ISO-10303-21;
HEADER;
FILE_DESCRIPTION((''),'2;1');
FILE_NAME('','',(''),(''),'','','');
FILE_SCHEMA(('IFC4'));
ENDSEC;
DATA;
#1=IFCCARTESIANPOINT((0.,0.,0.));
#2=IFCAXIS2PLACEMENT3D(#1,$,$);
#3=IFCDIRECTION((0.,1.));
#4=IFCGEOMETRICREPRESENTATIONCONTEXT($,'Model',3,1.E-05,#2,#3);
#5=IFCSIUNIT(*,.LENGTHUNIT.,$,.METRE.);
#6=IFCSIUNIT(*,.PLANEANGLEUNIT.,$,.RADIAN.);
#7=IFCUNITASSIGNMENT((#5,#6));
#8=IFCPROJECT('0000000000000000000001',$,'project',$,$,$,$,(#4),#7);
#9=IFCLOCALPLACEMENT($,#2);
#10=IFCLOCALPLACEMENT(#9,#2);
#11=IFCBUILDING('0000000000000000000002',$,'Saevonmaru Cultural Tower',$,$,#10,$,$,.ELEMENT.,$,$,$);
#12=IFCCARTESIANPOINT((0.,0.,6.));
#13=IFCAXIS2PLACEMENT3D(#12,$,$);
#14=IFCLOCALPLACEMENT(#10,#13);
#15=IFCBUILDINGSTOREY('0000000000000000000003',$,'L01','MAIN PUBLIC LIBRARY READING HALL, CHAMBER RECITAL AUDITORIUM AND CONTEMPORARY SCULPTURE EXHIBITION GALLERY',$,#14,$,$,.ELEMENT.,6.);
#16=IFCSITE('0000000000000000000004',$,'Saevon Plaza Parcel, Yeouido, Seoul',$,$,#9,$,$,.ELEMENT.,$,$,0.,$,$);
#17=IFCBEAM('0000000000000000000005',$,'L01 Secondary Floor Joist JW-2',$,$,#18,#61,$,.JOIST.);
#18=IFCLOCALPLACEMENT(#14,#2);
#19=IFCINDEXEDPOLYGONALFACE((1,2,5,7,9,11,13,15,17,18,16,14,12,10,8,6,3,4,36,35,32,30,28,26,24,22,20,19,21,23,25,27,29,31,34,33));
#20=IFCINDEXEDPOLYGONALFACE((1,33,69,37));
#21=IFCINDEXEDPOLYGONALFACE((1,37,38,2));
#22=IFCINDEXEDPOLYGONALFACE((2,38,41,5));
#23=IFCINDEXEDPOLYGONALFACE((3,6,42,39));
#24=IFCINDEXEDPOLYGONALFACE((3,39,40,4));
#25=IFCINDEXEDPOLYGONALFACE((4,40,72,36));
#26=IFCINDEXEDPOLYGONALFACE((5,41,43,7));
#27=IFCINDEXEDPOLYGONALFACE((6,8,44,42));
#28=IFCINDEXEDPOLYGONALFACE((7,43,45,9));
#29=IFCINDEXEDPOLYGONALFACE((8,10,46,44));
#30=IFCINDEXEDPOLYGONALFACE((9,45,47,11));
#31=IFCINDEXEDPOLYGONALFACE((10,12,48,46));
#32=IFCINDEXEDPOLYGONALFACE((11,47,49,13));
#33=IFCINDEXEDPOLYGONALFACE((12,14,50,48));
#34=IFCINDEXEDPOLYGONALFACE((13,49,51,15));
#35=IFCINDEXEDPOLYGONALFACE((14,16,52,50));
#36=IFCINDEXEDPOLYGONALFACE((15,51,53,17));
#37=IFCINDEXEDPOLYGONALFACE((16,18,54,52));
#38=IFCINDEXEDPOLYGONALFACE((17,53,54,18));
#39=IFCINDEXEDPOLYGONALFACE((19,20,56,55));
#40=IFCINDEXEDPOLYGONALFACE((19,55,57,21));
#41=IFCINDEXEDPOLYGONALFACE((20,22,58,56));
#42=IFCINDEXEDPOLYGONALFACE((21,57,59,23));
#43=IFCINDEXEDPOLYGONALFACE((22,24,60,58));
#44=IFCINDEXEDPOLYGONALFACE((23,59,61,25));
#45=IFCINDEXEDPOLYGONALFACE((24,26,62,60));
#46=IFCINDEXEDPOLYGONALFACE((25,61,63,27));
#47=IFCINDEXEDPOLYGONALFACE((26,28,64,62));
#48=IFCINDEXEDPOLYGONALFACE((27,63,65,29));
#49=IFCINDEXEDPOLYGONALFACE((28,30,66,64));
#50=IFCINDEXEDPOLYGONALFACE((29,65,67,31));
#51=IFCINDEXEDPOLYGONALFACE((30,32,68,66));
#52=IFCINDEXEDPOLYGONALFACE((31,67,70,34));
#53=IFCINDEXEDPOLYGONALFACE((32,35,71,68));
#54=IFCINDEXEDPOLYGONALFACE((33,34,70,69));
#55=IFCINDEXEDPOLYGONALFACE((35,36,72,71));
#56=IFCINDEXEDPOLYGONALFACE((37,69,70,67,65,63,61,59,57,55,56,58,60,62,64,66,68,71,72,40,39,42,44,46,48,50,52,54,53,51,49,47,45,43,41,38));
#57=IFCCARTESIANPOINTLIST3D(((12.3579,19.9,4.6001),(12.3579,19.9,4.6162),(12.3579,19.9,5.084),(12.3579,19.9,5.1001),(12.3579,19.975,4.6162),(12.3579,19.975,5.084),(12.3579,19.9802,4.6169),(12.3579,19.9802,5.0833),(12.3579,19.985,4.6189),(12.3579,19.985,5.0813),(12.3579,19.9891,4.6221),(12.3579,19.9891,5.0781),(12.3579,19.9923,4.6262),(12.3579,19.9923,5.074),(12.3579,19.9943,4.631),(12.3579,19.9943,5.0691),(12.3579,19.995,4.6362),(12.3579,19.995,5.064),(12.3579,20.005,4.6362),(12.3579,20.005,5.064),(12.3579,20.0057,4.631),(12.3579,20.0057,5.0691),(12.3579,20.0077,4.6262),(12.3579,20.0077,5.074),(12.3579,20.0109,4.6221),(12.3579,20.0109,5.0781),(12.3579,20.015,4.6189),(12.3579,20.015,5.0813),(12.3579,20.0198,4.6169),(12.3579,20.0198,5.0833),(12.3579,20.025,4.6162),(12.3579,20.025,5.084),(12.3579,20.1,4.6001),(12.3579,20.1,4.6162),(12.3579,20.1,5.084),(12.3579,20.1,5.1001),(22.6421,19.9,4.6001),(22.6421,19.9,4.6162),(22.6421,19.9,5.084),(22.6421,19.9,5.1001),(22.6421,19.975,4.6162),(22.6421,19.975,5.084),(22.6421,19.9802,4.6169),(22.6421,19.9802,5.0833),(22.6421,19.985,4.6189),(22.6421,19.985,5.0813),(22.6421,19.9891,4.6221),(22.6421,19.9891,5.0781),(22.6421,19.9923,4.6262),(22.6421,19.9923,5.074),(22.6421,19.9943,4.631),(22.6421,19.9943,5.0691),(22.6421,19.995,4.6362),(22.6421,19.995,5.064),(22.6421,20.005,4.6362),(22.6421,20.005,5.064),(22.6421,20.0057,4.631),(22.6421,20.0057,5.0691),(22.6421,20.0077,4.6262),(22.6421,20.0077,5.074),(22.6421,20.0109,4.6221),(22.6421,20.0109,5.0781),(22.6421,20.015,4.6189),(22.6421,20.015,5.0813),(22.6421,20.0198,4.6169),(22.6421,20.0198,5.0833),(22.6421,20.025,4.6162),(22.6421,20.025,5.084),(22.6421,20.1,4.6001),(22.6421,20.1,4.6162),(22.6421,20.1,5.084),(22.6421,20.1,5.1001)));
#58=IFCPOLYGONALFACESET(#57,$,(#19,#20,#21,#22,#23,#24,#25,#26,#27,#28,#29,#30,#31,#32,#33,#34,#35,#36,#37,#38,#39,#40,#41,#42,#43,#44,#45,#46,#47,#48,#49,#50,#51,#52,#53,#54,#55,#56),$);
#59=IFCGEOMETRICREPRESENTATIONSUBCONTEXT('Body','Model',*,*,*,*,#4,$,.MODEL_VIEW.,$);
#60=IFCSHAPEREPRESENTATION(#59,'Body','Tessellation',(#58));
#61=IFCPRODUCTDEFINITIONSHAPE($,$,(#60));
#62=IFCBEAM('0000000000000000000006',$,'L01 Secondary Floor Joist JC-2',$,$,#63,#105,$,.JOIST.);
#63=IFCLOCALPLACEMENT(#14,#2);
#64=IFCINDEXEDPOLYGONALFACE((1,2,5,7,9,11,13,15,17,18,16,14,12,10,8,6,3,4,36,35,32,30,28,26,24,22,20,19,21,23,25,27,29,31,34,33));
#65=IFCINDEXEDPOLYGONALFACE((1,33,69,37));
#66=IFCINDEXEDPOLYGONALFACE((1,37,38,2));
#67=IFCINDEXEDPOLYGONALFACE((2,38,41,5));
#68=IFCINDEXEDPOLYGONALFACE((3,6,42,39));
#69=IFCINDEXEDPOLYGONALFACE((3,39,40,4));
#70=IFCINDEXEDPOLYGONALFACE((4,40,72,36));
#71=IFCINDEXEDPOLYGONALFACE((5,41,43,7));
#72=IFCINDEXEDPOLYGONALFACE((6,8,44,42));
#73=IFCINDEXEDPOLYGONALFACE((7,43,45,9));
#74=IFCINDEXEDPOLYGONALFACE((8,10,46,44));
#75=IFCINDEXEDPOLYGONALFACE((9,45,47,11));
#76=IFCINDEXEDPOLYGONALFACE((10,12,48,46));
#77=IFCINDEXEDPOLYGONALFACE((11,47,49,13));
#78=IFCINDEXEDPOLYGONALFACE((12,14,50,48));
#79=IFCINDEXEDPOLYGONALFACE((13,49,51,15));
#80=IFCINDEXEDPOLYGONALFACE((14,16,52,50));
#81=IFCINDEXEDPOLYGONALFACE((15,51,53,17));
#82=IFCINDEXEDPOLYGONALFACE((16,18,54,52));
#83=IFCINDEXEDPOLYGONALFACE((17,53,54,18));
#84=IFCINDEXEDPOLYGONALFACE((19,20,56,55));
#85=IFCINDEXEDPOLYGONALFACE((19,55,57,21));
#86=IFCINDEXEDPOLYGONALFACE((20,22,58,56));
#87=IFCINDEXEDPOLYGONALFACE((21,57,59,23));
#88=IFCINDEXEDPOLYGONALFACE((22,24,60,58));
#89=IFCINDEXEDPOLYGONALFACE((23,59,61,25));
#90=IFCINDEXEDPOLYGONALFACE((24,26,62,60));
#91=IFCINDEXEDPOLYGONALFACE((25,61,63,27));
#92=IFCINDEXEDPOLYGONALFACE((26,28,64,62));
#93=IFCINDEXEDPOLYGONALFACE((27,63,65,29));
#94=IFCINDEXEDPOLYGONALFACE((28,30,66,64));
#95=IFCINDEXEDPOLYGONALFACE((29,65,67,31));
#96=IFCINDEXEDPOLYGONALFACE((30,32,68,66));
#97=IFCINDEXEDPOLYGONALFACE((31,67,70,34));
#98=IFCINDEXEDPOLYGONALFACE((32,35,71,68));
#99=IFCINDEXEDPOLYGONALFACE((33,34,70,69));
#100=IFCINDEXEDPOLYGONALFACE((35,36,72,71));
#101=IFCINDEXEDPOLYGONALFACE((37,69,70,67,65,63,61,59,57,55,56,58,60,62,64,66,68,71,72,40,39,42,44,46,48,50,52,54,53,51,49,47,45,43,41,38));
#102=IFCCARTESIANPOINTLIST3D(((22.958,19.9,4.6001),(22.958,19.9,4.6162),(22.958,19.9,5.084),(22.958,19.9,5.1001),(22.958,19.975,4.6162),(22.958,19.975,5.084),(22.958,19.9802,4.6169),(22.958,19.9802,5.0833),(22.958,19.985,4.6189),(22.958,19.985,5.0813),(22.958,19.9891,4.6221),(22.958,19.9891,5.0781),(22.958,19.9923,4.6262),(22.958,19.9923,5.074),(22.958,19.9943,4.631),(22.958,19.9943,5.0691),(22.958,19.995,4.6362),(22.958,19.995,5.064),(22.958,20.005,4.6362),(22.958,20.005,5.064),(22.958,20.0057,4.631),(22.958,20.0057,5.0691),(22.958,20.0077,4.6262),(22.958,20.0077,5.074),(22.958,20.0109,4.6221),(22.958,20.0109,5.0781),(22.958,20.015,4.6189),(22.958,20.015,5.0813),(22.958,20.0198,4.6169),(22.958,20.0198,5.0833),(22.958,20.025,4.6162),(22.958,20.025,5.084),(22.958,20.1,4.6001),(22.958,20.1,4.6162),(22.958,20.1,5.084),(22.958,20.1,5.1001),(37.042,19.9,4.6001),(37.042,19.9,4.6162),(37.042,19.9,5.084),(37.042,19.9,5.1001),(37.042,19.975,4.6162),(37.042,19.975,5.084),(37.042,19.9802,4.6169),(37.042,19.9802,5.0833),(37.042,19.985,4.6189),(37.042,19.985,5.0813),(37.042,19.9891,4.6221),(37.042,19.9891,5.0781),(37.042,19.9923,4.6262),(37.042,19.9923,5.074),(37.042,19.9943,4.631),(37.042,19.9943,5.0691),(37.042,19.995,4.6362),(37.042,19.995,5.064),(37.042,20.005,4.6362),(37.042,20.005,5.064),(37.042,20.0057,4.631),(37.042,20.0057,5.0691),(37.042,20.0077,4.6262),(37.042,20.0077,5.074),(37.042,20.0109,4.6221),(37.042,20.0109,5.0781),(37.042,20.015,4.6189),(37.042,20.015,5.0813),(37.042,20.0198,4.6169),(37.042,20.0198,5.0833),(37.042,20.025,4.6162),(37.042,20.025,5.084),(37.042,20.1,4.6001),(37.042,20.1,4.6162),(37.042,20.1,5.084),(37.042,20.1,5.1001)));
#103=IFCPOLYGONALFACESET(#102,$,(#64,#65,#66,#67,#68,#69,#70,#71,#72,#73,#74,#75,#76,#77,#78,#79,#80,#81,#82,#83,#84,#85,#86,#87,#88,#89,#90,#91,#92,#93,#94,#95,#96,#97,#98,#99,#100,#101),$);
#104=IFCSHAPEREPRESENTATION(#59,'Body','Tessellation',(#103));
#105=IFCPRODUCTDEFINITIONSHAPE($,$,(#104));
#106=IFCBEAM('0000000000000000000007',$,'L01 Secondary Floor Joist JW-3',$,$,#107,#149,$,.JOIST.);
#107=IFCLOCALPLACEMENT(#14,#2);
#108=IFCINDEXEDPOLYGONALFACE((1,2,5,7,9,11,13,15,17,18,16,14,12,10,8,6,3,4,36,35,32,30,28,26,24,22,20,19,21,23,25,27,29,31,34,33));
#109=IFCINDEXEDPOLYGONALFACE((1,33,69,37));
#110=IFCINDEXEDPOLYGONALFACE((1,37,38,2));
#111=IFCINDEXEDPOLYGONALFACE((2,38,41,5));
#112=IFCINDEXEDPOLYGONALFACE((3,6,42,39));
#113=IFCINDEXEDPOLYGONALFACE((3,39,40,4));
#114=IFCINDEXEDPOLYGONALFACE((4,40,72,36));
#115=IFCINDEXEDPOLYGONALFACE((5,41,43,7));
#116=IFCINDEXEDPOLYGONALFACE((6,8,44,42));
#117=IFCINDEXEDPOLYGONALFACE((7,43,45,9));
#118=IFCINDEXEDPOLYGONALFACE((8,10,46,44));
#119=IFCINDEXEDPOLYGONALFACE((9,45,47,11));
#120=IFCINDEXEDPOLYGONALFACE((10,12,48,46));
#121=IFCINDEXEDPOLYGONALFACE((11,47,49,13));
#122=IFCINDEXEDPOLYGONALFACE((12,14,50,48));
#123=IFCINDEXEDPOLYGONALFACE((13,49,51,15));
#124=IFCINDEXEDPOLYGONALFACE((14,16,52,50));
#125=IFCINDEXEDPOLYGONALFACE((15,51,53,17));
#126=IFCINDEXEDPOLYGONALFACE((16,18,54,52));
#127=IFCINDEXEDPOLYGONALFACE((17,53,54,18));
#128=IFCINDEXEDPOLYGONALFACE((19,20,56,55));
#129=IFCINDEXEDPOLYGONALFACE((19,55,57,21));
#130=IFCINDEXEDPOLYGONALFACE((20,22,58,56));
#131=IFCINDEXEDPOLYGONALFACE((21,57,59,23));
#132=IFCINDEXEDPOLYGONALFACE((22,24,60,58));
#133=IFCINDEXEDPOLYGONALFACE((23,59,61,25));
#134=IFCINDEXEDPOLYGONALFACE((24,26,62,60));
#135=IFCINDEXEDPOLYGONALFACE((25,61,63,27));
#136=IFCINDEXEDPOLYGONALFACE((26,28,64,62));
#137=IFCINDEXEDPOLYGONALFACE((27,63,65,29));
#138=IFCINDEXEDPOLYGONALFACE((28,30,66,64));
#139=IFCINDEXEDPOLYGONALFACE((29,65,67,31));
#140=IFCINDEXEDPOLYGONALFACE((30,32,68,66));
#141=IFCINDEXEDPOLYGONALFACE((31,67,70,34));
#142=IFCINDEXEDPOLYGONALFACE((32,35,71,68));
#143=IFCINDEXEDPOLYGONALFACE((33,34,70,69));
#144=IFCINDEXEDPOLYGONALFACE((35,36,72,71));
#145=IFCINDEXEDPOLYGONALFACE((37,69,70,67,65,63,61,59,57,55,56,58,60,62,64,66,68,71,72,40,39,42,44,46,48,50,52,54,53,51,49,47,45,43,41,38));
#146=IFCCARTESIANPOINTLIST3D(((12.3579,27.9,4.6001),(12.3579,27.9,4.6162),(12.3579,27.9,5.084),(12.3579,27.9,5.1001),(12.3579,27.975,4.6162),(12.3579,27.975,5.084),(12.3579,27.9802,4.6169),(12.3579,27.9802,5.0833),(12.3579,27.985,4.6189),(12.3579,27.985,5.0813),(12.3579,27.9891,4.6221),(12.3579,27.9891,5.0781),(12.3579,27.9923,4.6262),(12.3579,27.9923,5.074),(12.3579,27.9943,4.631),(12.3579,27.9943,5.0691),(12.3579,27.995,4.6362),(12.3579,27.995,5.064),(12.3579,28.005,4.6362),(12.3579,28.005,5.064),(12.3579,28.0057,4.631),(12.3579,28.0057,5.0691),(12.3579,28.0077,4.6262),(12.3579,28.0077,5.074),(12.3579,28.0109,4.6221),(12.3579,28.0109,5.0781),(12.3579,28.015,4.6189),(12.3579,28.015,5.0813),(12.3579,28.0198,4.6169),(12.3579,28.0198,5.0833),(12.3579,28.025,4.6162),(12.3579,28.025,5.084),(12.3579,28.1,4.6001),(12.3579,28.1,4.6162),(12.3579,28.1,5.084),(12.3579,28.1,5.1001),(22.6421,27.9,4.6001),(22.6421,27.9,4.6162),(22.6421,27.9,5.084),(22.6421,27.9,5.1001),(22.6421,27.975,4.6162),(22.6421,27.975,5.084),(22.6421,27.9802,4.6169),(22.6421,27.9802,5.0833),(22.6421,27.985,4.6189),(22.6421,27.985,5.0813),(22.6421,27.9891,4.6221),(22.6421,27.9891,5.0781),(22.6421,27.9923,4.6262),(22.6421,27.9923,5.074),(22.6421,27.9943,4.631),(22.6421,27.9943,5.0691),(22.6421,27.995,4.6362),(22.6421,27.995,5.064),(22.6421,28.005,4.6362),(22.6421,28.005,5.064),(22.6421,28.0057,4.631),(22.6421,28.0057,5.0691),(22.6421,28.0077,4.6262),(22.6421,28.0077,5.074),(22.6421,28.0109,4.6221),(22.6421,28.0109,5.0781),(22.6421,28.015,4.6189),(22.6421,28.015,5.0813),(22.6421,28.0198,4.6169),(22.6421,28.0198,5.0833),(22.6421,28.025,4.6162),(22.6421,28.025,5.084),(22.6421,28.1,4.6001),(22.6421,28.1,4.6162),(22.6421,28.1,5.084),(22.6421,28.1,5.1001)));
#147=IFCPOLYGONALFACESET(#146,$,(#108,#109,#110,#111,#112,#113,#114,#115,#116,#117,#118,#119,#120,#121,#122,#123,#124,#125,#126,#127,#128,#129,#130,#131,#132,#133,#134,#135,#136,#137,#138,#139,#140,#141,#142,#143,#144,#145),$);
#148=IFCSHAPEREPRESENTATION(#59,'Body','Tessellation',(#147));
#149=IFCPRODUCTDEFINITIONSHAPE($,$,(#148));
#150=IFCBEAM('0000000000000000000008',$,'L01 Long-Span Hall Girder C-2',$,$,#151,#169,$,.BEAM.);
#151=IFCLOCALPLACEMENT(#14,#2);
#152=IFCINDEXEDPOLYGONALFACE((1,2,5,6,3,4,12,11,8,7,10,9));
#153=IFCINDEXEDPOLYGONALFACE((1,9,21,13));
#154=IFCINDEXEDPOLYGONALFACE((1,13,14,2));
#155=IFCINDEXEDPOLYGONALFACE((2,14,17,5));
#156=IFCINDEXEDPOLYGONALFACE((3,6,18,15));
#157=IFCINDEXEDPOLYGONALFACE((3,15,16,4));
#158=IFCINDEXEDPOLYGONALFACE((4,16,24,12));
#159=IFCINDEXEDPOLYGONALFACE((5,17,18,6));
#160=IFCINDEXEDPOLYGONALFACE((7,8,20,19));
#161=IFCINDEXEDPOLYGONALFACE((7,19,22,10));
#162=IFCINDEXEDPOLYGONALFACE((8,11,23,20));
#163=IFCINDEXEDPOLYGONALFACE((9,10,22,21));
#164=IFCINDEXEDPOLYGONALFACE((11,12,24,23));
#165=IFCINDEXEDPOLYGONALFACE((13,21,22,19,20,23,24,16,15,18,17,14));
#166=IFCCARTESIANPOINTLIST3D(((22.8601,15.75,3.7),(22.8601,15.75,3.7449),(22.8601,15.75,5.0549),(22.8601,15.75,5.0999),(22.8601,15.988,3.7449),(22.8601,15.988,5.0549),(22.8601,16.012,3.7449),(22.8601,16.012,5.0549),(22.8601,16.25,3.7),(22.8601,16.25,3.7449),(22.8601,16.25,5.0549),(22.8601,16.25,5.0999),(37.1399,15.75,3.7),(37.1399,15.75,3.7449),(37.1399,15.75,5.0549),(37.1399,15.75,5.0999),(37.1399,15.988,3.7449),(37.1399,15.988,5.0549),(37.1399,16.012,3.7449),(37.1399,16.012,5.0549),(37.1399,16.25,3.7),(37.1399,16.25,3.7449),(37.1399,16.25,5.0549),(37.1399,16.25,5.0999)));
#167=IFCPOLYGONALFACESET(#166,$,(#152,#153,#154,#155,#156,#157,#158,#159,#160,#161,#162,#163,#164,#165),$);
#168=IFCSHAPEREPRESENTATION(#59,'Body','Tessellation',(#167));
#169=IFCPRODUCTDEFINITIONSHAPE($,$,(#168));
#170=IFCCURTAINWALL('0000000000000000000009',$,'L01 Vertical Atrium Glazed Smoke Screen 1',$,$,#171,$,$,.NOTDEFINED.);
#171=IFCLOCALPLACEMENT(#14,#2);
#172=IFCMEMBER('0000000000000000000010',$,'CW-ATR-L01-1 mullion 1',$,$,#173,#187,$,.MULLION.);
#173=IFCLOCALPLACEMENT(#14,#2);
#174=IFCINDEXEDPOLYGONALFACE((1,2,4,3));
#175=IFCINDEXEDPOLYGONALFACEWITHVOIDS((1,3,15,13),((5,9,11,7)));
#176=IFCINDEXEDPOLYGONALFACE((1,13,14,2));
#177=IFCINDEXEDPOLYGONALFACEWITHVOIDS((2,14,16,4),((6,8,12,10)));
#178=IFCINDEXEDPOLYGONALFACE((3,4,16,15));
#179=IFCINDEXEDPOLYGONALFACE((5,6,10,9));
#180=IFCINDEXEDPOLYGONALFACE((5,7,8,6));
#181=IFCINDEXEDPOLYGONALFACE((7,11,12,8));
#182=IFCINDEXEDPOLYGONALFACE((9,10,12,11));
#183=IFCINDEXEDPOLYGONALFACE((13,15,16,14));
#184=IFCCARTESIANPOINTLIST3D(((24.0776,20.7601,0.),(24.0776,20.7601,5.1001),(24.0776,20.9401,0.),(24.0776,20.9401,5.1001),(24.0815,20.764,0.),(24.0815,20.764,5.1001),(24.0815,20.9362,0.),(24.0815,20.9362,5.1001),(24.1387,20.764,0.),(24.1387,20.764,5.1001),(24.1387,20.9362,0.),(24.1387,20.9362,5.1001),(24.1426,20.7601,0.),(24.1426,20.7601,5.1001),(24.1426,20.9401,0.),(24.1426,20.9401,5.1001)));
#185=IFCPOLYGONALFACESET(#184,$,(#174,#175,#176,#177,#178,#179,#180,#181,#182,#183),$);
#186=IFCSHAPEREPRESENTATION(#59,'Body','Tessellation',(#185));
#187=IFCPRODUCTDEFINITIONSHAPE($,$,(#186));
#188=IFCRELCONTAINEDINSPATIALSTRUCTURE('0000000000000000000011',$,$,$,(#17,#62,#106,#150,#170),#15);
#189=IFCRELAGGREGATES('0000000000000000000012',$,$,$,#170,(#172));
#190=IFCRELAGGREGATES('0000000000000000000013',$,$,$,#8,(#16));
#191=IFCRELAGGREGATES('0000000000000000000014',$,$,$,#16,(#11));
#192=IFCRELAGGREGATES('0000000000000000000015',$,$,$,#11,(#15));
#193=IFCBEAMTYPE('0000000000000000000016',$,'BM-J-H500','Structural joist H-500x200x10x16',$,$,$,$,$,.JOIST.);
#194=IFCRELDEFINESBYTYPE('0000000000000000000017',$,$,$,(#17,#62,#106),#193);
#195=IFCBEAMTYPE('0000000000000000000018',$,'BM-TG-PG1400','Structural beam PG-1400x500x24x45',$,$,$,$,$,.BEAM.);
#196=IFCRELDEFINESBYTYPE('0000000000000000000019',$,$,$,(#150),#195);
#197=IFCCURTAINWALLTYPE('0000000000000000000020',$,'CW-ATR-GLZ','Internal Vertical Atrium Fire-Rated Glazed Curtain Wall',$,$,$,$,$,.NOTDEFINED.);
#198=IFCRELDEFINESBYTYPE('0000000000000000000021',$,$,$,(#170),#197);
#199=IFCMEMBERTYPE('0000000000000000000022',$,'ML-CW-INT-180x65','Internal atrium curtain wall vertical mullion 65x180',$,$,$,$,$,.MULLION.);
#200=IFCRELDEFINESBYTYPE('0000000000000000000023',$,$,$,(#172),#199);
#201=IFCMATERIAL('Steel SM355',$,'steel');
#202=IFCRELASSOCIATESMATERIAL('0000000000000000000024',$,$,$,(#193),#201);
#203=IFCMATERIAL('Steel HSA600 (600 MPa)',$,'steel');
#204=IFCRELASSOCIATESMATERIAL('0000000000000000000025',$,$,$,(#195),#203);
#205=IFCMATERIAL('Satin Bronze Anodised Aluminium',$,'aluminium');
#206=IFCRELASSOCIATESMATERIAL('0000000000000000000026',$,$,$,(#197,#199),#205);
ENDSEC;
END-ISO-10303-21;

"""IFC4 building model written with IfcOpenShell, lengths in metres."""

from ifc_helpers import new_model, si_unit, direction, frame, origin, origin_2d, place, context, subcontext, project, spatial, hollow_rectangle, i_section, extrude, material, material_profile, profile_set, type_object, element, aggregate, save


model = new_model("IFC4")

# Units and contexts
model_context = context("Model", 3, precision=1e-05, world=origin(), true_north=direction((0.0, 1.0)))
body_context = subcontext(model_context, "Body", "Model", "MODEL_VIEW")
ifc_project = project(units=[si_unit("LENGTHUNIT", "METRE"), si_unit("PLANEANGLEUNIT", "RADIAN")], contexts=[model_context])

# Site, building, storey
site_placement = place(None, origin())
site = spatial("IfcSite", under=ifc_project, at=site_placement, Name="Saevon Plaza Parcel, Yeouido, Seoul", CompositionType="ELEMENT", RefElevation=0.0)
building_placement = place(site_placement, origin())
building = spatial("IfcBuilding", under=site, at=building_placement, Name="Saevonmaru Cultural Tower", CompositionType="ELEMENT")
storey_placement = place(building_placement, frame((0.0, 0.0, 6.0)))
storey = spatial("IfcBuildingStorey", under=building, at=storey_placement, Name="L01", Description="MAIN PUBLIC LIBRARY READING HALL, CHAMBER RECITAL AUDITORIUM AND CONTEMPORARY SCULPTURE EXHIBITION GALLERY", CompositionType="ELEMENT", Elevation=6.0)

# Beams
ifc_material_1 = material(Name="Steel SM355", Category="steel")
ifc_material_profile_1 = material_profile(ifc_material_1, i_section(OverallWidth=0.2, OverallDepth=0.5, WebThickness=0.01, FlangeThickness=0.0161, FilletRadius=0.02, at=origin_2d()), Name="H-500x200x10x16")
ifc_profile_set_1 = profile_set([ifc_material_profile_1], Name="Steel SM355")
beam_type_1 = type_object("IfcBeamType", Name="BM-J-H500", Description="Structural joist H-500x200x10x16", PredefinedType="JOIST", material=ifc_profile_set_1)
beam_1_placement = place(storey_placement, frame((12.3579, 20.0, 4.8501), z_axis=(1.0, 0.0, 0.0), x_axis=(0.0, 1.0, 0.0)))
element("IfcBeam", 1, at=beam_1_placement, inside=storey, type_object=beam_type_1, Name="L01 Secondary Floor Joist JW-2", PredefinedType="JOIST", context=body_context, shape_type="SweptSolid", body=[
    extrude(i_section(OverallWidth=0.2, OverallDepth=0.5, WebThickness=0.01, FlangeThickness=0.0161, FilletRadius=0.02, at=origin_2d()), origin(), (0.0, 0.0, 1.0), 10.2842),
])
beam_2_placement = place(storey_placement, frame((22.958, 20.0, 4.8501), z_axis=(1.0, 0.0, 0.0), x_axis=(0.0, 1.0, 0.0)))
element("IfcBeam", 2, at=beam_2_placement, inside=storey, type_object=beam_type_1, Name="L01 Secondary Floor Joist JC-2", PredefinedType="JOIST", context=body_context, shape_type="SweptSolid", body=[
    extrude(i_section(OverallWidth=0.2, OverallDepth=0.5, WebThickness=0.01, FlangeThickness=0.0161, FilletRadius=0.02, at=origin_2d()), origin(), (0.0, 0.0, 1.0), 14.084),
])
beam_3_placement = place(storey_placement, frame((12.3579, 28.0, 4.8501), z_axis=(1.0, 0.0, 0.0), x_axis=(0.0, 1.0, 0.0)))
element("IfcBeam", 3, at=beam_3_placement, inside=storey, type_object=beam_type_1, Name="L01 Secondary Floor Joist JW-3", PredefinedType="JOIST", context=body_context, shape_type="SweptSolid", body=[
    extrude(i_section(OverallWidth=0.2, OverallDepth=0.5, WebThickness=0.01, FlangeThickness=0.0161, FilletRadius=0.02, at=origin_2d()), origin(), (0.0, 0.0, 1.0), 10.2842),
])
ifc_material_2 = material(Name="Steel HSA600 (600 MPa)", Category="steel")
ifc_material_profile_2 = material_profile(ifc_material_2, i_section(OverallWidth=0.5, OverallDepth=1.3999, WebThickness=0.0239, FlangeThickness=0.0449, at=origin_2d()), Name="PG-1400x500x24x45")
ifc_profile_set_2 = profile_set([ifc_material_profile_2], Name="Steel HSA600 (600 MPa)")
beam_type_2 = type_object("IfcBeamType", Name="BM-TG-PG1400", Description="Structural beam PG-1400x500x24x45", PredefinedType="BEAM", material=ifc_profile_set_2)
beam_4_placement = place(storey_placement, frame((22.8601, 16.0, 4.3999), z_axis=(1.0, 0.0, 0.0), x_axis=(0.0, 1.0, 0.0)))
element("IfcBeam", 4, at=beam_4_placement, inside=storey, type_object=beam_type_2, Name="L01 Long-Span Hall Girder C-2", PredefinedType="BEAM", context=body_context, shape_type="SweptSolid", body=[
    extrude(i_section(OverallWidth=0.5, OverallDepth=1.3999, WebThickness=0.0239, FlangeThickness=0.0449, at=origin_2d()), origin(), (0.0, 0.0, 1.0), 14.2798),
])

# Curtain wall, member
ifc_material_3 = material(Name="Satin Bronze Anodised Aluminium", Category="aluminium")
curtain_wall_type = type_object("IfcCurtainWallType", Name="CW-ATR-GLZ", Description="Internal Vertical Atrium Fire-Rated Glazed Curtain Wall", PredefinedType="NOTDEFINED", material=ifc_material_3)
curtain_wall_1_placement = place(storey_placement, origin())
curtain_wall_1 = element("IfcCurtainWall", 5, at=curtain_wall_1_placement, inside=storey, type_object=curtain_wall_type, Name="L01 Vertical Atrium Glazed Smoke Screen 1", PredefinedType="NOTDEFINED")
ifc_material_profile_3 = material_profile(ifc_material_3, hollow_rectangle(XDim=0.0649, YDim=0.1799, WallThickness=0.0039, at=origin_2d()), Name="ALU-MULL-180x65x4")
ifc_profile_set_3 = profile_set([ifc_material_profile_3], Name="Satin Bronze Anodised Aluminium")
member_type_1 = type_object("IfcMemberType", Name="ML-CW-INT-180x65", Description="Internal atrium curtain wall vertical mullion 65x180", PredefinedType="MULLION", material=ifc_profile_set_3)
member_1_placement = place(storey_placement, frame((24.1101, 20.8501, 0.0), z_axis=(0.0, 0.0, 1.0), x_axis=(1.0, 0.0, 0.0)))
member_1 = element("IfcMember", 6, at=member_1_placement, type_object=member_type_1, Name="CW-ATR-L01-1 mullion 1", PredefinedType="MULLION", context=body_context, shape_type="SweptSolid", body=[
    extrude(hollow_rectangle(XDim=0.0649, YDim=0.1799, WallThickness=0.0039, at=origin_2d()), origin(), (0.0, 0.0, 1.0), 5.1001),
])

aggregate(curtain_wall_1, [member_1])

save(model, "model.ifc")
